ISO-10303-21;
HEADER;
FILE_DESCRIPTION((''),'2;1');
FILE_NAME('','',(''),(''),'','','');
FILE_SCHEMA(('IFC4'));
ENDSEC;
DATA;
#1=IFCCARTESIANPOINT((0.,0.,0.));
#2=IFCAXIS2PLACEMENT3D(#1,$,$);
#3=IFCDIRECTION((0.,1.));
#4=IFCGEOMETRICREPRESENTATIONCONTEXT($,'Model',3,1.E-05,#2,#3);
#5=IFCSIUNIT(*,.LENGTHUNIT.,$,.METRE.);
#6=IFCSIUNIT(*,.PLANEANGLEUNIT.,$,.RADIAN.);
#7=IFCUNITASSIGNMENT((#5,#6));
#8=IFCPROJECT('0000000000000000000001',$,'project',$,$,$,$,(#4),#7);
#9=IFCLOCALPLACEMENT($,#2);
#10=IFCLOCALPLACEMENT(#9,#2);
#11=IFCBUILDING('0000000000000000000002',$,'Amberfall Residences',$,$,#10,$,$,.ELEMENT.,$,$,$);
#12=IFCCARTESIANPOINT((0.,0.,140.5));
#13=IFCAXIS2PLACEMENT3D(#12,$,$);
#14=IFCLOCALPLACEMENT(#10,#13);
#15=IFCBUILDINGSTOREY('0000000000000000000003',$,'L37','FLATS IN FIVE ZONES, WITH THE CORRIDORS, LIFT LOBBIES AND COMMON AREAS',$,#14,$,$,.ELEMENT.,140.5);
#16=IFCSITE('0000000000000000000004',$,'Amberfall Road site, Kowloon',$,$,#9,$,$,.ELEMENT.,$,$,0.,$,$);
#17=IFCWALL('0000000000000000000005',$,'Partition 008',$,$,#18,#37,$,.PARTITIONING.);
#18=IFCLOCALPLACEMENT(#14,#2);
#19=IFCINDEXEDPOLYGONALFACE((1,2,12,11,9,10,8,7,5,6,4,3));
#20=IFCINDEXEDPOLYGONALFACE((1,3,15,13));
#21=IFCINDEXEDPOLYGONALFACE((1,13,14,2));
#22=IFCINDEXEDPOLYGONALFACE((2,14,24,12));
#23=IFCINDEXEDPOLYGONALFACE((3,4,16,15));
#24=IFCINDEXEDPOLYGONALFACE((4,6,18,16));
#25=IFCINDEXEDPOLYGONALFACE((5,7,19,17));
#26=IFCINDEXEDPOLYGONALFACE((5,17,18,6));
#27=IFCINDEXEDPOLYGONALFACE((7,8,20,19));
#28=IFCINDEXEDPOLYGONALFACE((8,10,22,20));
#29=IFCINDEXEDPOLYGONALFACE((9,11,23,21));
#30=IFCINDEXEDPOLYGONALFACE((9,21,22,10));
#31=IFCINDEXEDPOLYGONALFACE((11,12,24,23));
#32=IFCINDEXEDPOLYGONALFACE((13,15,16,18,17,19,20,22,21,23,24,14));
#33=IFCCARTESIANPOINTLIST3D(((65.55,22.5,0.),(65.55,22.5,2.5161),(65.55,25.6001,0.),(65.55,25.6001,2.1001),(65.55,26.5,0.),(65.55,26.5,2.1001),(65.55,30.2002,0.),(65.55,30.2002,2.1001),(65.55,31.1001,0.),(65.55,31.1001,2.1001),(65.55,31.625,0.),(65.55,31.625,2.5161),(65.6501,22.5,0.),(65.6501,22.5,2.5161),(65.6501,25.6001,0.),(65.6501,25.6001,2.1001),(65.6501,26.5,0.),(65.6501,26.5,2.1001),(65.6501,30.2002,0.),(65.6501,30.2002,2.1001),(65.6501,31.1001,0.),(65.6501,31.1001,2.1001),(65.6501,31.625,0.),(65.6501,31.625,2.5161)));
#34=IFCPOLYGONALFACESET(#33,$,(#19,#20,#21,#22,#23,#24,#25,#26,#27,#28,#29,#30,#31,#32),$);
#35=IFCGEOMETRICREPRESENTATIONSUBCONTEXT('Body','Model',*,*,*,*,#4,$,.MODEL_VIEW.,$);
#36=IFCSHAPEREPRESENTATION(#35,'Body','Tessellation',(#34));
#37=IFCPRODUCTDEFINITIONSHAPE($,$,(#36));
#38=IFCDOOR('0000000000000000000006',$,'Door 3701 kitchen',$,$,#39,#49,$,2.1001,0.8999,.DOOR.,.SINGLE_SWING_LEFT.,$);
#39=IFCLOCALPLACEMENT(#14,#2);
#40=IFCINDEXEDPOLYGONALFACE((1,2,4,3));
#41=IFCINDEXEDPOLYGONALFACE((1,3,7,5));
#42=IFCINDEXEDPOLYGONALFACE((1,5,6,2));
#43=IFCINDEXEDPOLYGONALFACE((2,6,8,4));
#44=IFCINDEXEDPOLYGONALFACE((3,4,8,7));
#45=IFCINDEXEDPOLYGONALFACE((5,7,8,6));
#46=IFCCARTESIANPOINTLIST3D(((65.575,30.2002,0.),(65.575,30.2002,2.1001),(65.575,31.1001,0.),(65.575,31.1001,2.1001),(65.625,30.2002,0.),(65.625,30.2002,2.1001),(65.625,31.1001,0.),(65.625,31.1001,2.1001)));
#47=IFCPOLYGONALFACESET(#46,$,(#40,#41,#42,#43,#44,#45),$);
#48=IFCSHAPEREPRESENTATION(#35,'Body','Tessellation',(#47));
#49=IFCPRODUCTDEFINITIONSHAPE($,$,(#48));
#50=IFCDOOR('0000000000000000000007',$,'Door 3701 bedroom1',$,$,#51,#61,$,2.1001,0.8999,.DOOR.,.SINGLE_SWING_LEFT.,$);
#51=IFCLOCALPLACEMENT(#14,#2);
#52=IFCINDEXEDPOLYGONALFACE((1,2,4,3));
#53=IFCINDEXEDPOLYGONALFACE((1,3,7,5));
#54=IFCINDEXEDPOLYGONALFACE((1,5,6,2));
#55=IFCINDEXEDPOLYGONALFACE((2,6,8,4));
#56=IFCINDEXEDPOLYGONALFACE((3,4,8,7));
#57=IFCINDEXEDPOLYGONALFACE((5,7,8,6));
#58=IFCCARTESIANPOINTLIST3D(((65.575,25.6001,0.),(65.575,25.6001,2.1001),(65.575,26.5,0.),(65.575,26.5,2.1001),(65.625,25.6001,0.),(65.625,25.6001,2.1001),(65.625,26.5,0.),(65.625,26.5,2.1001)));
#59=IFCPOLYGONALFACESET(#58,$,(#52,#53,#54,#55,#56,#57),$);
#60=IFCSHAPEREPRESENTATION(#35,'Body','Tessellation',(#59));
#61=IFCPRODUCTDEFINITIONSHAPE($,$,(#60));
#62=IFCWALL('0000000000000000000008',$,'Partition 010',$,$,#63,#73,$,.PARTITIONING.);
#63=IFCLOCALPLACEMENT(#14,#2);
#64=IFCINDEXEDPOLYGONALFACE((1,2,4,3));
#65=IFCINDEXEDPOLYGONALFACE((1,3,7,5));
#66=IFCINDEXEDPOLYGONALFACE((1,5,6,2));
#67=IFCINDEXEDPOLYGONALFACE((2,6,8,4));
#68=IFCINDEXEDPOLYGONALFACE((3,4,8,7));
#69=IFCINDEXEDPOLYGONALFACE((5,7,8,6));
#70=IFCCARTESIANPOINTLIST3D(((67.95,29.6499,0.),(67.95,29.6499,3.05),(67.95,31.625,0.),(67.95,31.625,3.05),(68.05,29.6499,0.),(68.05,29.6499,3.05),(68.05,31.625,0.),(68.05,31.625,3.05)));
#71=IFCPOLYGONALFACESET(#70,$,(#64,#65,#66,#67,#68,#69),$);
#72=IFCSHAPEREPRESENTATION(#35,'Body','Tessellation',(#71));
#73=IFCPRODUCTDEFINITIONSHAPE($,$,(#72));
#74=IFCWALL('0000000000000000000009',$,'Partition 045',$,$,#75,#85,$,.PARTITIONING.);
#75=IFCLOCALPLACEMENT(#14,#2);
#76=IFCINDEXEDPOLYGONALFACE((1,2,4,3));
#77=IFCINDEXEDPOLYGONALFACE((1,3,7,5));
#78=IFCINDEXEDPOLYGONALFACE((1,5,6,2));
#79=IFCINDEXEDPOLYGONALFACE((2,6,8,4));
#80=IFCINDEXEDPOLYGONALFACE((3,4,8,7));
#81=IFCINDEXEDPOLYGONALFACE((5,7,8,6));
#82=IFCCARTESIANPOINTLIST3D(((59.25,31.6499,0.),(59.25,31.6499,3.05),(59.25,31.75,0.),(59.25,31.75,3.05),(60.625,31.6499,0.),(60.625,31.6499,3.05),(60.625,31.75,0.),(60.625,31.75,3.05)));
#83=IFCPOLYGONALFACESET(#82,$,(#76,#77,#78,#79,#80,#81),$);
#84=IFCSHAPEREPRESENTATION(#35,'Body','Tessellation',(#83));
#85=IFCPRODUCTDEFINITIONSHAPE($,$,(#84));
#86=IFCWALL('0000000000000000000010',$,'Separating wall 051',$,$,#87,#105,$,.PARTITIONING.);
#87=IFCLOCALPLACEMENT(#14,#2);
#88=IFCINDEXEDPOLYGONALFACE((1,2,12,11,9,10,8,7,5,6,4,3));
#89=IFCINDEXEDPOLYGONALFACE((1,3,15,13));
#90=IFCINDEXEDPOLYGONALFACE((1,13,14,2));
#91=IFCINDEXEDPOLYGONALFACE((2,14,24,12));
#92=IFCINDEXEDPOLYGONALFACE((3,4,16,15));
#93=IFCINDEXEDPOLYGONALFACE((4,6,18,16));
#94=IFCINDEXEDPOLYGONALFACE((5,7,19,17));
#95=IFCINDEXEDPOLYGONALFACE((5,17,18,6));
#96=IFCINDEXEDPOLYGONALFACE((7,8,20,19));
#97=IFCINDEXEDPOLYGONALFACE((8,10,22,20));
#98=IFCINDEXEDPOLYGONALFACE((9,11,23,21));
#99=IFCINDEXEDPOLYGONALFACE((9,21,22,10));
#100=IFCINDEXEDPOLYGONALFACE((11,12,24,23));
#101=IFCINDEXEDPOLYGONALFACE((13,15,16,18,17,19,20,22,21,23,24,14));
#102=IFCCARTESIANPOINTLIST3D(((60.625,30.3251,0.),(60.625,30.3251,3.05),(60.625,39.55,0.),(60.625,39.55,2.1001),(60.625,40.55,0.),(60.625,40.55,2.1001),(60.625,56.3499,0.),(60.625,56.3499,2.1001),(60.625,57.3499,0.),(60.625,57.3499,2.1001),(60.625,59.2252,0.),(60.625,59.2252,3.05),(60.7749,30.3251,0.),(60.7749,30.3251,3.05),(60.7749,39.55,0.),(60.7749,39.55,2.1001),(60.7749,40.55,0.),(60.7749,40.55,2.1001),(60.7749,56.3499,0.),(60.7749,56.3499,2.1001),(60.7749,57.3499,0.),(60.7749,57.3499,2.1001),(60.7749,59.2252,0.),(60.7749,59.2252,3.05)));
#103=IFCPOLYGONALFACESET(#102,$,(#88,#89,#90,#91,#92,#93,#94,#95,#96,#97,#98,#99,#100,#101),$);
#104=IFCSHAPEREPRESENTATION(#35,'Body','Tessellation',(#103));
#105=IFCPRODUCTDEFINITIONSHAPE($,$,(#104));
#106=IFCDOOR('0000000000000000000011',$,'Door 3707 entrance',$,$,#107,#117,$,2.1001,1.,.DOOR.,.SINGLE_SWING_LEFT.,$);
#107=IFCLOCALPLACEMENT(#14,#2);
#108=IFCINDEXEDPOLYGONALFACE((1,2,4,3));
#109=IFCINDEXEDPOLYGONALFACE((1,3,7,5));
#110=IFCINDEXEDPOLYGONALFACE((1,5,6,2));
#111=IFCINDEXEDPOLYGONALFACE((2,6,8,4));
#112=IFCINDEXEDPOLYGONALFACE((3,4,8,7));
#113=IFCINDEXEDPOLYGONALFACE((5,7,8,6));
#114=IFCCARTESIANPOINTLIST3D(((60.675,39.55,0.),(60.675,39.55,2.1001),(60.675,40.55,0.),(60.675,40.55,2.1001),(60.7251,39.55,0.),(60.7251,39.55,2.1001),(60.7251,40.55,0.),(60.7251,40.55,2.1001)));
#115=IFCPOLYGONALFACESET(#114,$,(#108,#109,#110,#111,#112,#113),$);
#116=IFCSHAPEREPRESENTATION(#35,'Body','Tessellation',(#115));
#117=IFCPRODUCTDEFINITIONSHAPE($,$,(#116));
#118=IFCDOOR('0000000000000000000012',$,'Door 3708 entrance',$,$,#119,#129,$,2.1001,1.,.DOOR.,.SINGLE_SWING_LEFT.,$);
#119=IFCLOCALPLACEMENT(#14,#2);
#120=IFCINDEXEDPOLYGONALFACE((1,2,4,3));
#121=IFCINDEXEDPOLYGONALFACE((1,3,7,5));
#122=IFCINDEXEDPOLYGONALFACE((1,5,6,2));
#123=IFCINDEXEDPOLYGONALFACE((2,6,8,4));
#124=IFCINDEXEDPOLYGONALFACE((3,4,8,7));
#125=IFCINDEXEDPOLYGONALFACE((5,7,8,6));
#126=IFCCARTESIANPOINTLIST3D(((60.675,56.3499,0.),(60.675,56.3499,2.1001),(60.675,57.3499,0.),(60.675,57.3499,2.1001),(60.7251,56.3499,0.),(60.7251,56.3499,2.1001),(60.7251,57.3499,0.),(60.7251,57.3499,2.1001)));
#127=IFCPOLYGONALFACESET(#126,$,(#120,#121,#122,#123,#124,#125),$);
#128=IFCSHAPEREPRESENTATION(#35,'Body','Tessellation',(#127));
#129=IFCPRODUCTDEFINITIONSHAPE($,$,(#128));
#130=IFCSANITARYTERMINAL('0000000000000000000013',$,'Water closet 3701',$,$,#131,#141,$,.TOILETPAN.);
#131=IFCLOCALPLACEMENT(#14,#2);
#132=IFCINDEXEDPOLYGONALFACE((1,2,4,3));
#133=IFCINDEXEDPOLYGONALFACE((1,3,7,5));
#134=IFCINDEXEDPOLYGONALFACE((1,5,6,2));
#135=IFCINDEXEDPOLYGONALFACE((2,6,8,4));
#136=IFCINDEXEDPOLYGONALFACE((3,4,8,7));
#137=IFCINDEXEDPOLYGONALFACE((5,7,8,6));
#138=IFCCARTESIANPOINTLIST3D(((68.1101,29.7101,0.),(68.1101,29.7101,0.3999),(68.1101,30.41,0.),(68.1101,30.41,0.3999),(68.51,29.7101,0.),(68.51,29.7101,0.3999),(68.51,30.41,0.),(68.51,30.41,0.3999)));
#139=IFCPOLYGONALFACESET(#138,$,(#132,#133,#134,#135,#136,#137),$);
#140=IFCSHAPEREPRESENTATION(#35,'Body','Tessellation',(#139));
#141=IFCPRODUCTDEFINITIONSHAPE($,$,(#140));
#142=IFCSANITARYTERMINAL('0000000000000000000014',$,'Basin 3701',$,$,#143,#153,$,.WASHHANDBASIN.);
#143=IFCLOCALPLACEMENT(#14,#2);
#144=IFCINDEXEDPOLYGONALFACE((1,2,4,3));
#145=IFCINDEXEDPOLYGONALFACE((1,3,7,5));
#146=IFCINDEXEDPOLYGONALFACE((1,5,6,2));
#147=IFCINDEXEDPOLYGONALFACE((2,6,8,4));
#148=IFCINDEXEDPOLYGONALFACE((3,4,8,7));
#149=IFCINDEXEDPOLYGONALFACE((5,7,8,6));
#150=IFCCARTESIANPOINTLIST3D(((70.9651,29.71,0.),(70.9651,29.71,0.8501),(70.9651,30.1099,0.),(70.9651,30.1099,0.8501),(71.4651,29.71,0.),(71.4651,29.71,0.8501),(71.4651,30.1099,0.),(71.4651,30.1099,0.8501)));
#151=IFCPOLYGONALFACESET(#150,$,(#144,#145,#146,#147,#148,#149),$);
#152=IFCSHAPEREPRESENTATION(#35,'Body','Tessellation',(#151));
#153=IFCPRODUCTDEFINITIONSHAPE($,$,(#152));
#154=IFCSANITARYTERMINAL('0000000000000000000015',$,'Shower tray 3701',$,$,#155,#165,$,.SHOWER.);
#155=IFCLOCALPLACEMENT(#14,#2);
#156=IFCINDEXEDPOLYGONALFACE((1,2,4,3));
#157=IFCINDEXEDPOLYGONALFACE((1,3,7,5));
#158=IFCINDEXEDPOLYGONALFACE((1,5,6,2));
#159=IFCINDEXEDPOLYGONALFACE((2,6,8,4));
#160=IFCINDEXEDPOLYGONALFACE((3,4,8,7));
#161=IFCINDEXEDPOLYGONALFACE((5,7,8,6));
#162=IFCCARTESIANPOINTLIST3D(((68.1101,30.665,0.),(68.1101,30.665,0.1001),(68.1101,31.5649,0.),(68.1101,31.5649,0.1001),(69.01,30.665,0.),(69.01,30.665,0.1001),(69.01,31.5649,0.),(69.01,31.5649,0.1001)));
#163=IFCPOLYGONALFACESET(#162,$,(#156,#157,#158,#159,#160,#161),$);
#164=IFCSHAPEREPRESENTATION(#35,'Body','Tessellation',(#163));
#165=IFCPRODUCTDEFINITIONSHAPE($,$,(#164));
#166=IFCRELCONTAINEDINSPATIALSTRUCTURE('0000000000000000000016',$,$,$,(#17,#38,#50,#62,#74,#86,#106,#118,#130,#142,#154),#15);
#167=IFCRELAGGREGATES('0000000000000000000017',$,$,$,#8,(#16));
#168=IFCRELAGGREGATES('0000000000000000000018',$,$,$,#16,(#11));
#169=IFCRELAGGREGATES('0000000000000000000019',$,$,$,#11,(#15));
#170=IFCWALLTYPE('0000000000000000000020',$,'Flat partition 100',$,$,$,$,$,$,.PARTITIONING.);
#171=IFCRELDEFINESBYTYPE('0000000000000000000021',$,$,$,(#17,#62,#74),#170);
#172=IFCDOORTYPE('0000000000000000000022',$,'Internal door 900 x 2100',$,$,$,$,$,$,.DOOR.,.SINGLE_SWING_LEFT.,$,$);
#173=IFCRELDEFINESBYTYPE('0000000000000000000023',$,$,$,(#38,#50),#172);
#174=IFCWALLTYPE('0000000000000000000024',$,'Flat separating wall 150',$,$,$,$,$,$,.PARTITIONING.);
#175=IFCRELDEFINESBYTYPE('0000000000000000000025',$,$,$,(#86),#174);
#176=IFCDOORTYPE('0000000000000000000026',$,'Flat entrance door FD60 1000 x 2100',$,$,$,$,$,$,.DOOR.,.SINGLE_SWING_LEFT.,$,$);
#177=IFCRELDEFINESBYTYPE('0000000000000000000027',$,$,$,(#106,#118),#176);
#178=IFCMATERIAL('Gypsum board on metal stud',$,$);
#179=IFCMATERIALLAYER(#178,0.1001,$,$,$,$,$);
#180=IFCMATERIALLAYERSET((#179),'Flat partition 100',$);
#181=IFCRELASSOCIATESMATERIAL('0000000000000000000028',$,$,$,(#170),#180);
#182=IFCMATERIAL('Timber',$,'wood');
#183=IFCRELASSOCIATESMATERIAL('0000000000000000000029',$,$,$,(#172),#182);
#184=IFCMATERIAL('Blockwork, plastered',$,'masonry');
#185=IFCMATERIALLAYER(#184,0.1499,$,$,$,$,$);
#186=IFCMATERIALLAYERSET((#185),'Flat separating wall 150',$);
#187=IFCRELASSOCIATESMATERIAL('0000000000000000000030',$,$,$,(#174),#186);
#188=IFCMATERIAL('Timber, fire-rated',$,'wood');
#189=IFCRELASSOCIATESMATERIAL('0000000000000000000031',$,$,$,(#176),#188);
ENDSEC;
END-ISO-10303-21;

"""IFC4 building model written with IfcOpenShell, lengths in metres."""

from ifc_helpers import new_model, si_unit, direction, frame, frame_2d, origin, origin_2d, place, context, subcontext, project, spatial, rectangle, extrude, material, layer, layer_set, type_object, element, fill, save


model = new_model("IFC4")

# Units and contexts
model_context = context("Model", 3, precision=1e-05, world=origin(), true_north=direction((0.0, 1.0)))
body_context = subcontext(model_context, "Body", "Model", "MODEL_VIEW")
ifc_project = project(units=[si_unit("LENGTHUNIT", "METRE"), si_unit("PLANEANGLEUNIT", "RADIAN")], contexts=[model_context])

# Site, building, storey
site_placement = place(None, origin())
site = spatial("IfcSite", under=ifc_project, at=site_placement, Name="Amberfall Road site, Kowloon", CompositionType="ELEMENT", RefElevation=0.0)
building_placement = place(site_placement, origin())
building = spatial("IfcBuilding", under=site, at=building_placement, Name="Amberfall Residences", CompositionType="ELEMENT")
storey_placement = place(building_placement, frame((0.0, 0.0, 140.5)))
storey = spatial("IfcBuildingStorey", under=building, at=storey_placement, Name="L37", Description="FLATS IN FIVE ZONES, WITH THE CORRIDORS, LIFT LOBBIES AND COMMON AREAS", CompositionType="ELEMENT", Elevation=140.5)

# Wall, openings, doors
ifc_material_1 = material(Name="Gypsum board on metal stud")
ifc_layer_1 = layer(ifc_material_1, 0.1001)
ifc_layer_set_1 = layer_set([ifc_layer_1], Name="Flat partition 100")
wall_type_1 = type_object("IfcWallType", Name="Flat partition 100", PredefinedType="PARTITIONING", material=ifc_layer_set_1)
ifc_material_2 = material(Name="Timber", Category="wood")
door_type_1 = type_object("IfcDoorType", Name="Internal door 900 x 2100", OperationType="SINGLE_SWING_LEFT", PredefinedType="DOOR", material=ifc_material_2)
wall_1_placement = place(storey_placement, frame((65.6001, 31.625, 0.0), z_axis=(0.0, 0.0, 1.0), x_axis=(0.0, -1.0, 0.0)))
wall_1 = element("IfcWall", 1, at=wall_1_placement, inside=storey, type_object=wall_type_1, Name="Partition 008", PredefinedType="PARTITIONING", context=body_context, shape_type="SweptSolid", body=[
    extrude(rectangle(XDim=9.125, YDim=0.1001, at=frame_2d((4.5625, 0.0))), origin(), (0.0, 0.0, 1.0), 2.5161),
])
opening_1_placement = place(wall_1_placement, frame((0.5249, 0.0, 0.0)))
opening_1 = element("IfcOpeningElement", 2, at=opening_1_placement, cuts=wall_1, PredefinedType="OPENING", context=body_context, shape_type="SweptSolid", body=[
    extrude(rectangle(XDim=0.8999, YDim=2.1001, at=frame_2d((0.45, 1.05))), frame((0.0, 0.0601, 0.0), z_axis=(0.0, -1.0, 0.0), x_axis=(1.0, 0.0, 0.0)), (0.0, 0.0, 1.0), 0.1201),
])
opening_2_placement = place(wall_1_placement, frame((5.125, 0.0, 0.0)))
opening_2 = element("IfcOpeningElement", 3, at=opening_2_placement, cuts=wall_1, PredefinedType="OPENING", context=body_context, shape_type="SweptSolid", body=[
    extrude(rectangle(XDim=0.8999, YDim=2.1001, at=frame_2d((0.45, 1.05))), frame((0.0, 0.0601, 0.0), z_axis=(0.0, -1.0, 0.0), x_axis=(1.0, 0.0, 0.0)), (0.0, 0.0, 1.0), 0.1201),
])
door_1_placement = place(opening_1_placement, origin())
door_1 = element("IfcDoor", 4, at=door_1_placement, inside=storey, type_object=door_type_1, Name="Door 3701 kitchen", OperationType="SINGLE_SWING_LEFT", OverallHeight=2.1001, OverallWidth=0.8999, PredefinedType="DOOR", context=body_context, shape_type="SweptSolid", body=[
    extrude(rectangle(XDim=0.8999, YDim=2.1001, at=frame_2d((0.45, 1.05))), frame((0.0, 0.0249, 0.0), z_axis=(0.0, -1.0, 0.0), x_axis=(1.0, 0.0, 0.0)), (0.0, 0.0, 1.0), 0.05),
])
fill(opening_1, door_1)
door_2_placement = place(opening_2_placement, origin())
door_2 = element("IfcDoor", 5, at=door_2_placement, inside=storey, type_object=door_type_1, Name="Door 3701 bedroom1", OperationType="SINGLE_SWING_LEFT", OverallHeight=2.1001, OverallWidth=0.8999, PredefinedType="DOOR", context=body_context, shape_type="SweptSolid", body=[
    extrude(rectangle(XDim=0.8999, YDim=2.1001, at=frame_2d((0.45, 1.05))), frame((0.0, 0.0249, 0.0), z_axis=(0.0, -1.0, 0.0), x_axis=(1.0, 0.0, 0.0)), (0.0, 0.0, 1.0), 0.05),
])
fill(opening_2, door_2)

# Walls
wall_2_placement = place(storey_placement, frame((68.0, 29.6499, 0.0), z_axis=(0.0, 0.0, 1.0), x_axis=(0.0, 1.0, 0.0)))
element("IfcWall", 6, at=wall_2_placement, inside=storey, type_object=wall_type_1, Name="Partition 010", PredefinedType="PARTITIONING", context=body_context, shape_type="SweptSolid", body=[
    extrude(rectangle(XDim=1.9751, YDim=0.1001, at=frame_2d((0.9875, 0.0))), origin(), (0.0, 0.0, 1.0), 3.05),
])
wall_3_placement = place(storey_placement, frame((59.25, 31.7, 0.0), z_axis=(0.0, 0.0, 1.0), x_axis=(1.0, 0.0, 0.0)))
element("IfcWall", 7, at=wall_3_placement, inside=storey, type_object=wall_type_1, Name="Partition 045", PredefinedType="PARTITIONING", context=body_context, shape_type="SweptSolid", body=[
    extrude(rectangle(XDim=1.375, YDim=0.1001, at=frame_2d((0.6875, 0.0))), origin(), (0.0, 0.0, 1.0), 3.05),
])

# Wall, openings, doors
ifc_material_3 = material(Name="Blockwork, plastered", Category="masonry")
ifc_layer_2 = layer(ifc_material_3, 0.1499)
ifc_layer_set_2 = layer_set([ifc_layer_2], Name="Flat separating wall 150")
wall_type_2 = type_object("IfcWallType", Name="Flat separating wall 150", PredefinedType="PARTITIONING", material=ifc_layer_set_2)
wall_4_placement = place(storey_placement, frame((60.7, 30.325, 0.0), z_axis=(0.0, 0.0, 1.0), x_axis=(0.0, 1.0, 0.0)))
wall_4 = element("IfcWall", 8, at=wall_4_placement, inside=storey, type_object=wall_type_2, Name="Separating wall 051", PredefinedType="PARTITIONING", context=body_context, shape_type="SweptSolid", body=[
    extrude(rectangle(XDim=28.9001, YDim=0.1499, at=frame_2d((14.4502, 0.0))), origin(), (0.0, 0.0, 1.0), 3.05),
])
opening_3_placement = place(wall_4_placement, frame((9.2251, 0.0, 0.0)))
opening_3 = element("IfcOpeningElement", 9, at=opening_3_placement, cuts=wall_4, PredefinedType="OPENING", context=body_context, shape_type="SweptSolid", body=[
    extrude(rectangle(XDim=1.0, YDim=2.1001, at=frame_2d((0.5, 1.05))), frame((0.0, 0.085, 0.0), z_axis=(0.0, -1.0, 0.0), x_axis=(1.0, 0.0, 0.0)), (0.0, 0.0, 1.0), 0.1699),
])
opening_4_placement = place(wall_4_placement, frame((26.0249, 0.0, 0.0)))
opening_4 = element("IfcOpeningElement", 10, at=opening_4_placement, cuts=wall_4, PredefinedType="OPENING", context=body_context, shape_type="SweptSolid", body=[
    extrude(rectangle(XDim=1.0, YDim=2.1001, at=frame_2d((0.5, 1.05))), frame((0.0, 0.085, 0.0), z_axis=(0.0, -1.0, 0.0), x_axis=(1.0, 0.0, 0.0)), (0.0, 0.0, 1.0), 0.1699),
])
ifc_material_4 = material(Name="Timber, fire-rated", Category="wood")
door_type_2 = type_object("IfcDoorType", Name="Flat entrance door FD60 1000 x 2100", OperationType="SINGLE_SWING_LEFT", PredefinedType="DOOR", material=ifc_material_4)
door_3_placement = place(opening_3_placement, origin())
door_3 = element("IfcDoor", 11, at=door_3_placement, inside=storey, type_object=door_type_2, Name="Door 3707 entrance", OperationType="SINGLE_SWING_LEFT", OverallHeight=2.1001, OverallWidth=1.0, PredefinedType="DOOR", context=body_context, shape_type="SweptSolid", body=[
    extrude(rectangle(XDim=1.0, YDim=2.1001, at=frame_2d((0.5, 1.05))), frame((0.0, 0.0249, 0.0), z_axis=(0.0, -1.0, 0.0), x_axis=(1.0, 0.0, 0.0)), (0.0, 0.0, 1.0), 0.05),
])
fill(opening_3, door_3)
door_4_placement = place(opening_4_placement, origin())
door_4 = element("IfcDoor", 12, at=door_4_placement, inside=storey, type_object=door_type_2, Name="Door 3708 entrance", OperationType="SINGLE_SWING_LEFT", OverallHeight=2.1001, OverallWidth=1.0, PredefinedType="DOOR", context=body_context, shape_type="SweptSolid", body=[
    extrude(rectangle(XDim=1.0, YDim=2.1001, at=frame_2d((0.5, 1.05))), frame((0.0, 0.0249, 0.0), z_axis=(0.0, -1.0, 0.0), x_axis=(1.0, 0.0, 0.0)), (0.0, 0.0, 1.0), 0.05),
])
fill(opening_4, door_4)

# Sanitary terminals
sanitary_terminal_1_placement = place(storey_placement, frame((68.3101, 30.0601, 0.0), z_axis=(0.0, 0.0, 1.0), x_axis=(1.0, 0.0, 0.0)))
element("IfcSanitaryTerminal", 13, at=sanitary_terminal_1_placement, inside=storey, Name="Water closet 3701", PredefinedType="TOILETPAN", context=body_context, shape_type="SweptSolid", body=[
    extrude(rectangle(XDim=0.3999, YDim=0.7, at=origin_2d()), origin(), (0.0, 0.0, 1.0), 0.3999),
])
sanitary_terminal_2_placement = place(storey_placement, frame((71.2151, 29.9099, 0.0), z_axis=(0.0, 0.0, 1.0), x_axis=(1.0, 0.0, 0.0)))
element("IfcSanitaryTerminal", 14, at=sanitary_terminal_2_placement, inside=storey, Name="Basin 3701", PredefinedType="WASHHANDBASIN", context=body_context, shape_type="SweptSolid", body=[
    extrude(rectangle(XDim=0.5, YDim=0.3999, at=origin_2d()), origin(), (0.0, 0.0, 1.0), 0.8501),
])
sanitary_terminal_3_placement = place(storey_placement, frame((68.5601, 31.115, 0.0), z_axis=(0.0, 0.0, 1.0), x_axis=(1.0, 0.0, 0.0)))
element("IfcSanitaryTerminal", 15, at=sanitary_terminal_3_placement, inside=storey, Name="Shower tray 3701", PredefinedType="SHOWER", context=body_context, shape_type="SweptSolid", body=[
    extrude(rectangle(XDim=0.8999, YDim=0.8999, at=origin_2d()), origin(), (0.0, 0.0, 1.0), 0.1001),
])

save(model, "model.ifc")
